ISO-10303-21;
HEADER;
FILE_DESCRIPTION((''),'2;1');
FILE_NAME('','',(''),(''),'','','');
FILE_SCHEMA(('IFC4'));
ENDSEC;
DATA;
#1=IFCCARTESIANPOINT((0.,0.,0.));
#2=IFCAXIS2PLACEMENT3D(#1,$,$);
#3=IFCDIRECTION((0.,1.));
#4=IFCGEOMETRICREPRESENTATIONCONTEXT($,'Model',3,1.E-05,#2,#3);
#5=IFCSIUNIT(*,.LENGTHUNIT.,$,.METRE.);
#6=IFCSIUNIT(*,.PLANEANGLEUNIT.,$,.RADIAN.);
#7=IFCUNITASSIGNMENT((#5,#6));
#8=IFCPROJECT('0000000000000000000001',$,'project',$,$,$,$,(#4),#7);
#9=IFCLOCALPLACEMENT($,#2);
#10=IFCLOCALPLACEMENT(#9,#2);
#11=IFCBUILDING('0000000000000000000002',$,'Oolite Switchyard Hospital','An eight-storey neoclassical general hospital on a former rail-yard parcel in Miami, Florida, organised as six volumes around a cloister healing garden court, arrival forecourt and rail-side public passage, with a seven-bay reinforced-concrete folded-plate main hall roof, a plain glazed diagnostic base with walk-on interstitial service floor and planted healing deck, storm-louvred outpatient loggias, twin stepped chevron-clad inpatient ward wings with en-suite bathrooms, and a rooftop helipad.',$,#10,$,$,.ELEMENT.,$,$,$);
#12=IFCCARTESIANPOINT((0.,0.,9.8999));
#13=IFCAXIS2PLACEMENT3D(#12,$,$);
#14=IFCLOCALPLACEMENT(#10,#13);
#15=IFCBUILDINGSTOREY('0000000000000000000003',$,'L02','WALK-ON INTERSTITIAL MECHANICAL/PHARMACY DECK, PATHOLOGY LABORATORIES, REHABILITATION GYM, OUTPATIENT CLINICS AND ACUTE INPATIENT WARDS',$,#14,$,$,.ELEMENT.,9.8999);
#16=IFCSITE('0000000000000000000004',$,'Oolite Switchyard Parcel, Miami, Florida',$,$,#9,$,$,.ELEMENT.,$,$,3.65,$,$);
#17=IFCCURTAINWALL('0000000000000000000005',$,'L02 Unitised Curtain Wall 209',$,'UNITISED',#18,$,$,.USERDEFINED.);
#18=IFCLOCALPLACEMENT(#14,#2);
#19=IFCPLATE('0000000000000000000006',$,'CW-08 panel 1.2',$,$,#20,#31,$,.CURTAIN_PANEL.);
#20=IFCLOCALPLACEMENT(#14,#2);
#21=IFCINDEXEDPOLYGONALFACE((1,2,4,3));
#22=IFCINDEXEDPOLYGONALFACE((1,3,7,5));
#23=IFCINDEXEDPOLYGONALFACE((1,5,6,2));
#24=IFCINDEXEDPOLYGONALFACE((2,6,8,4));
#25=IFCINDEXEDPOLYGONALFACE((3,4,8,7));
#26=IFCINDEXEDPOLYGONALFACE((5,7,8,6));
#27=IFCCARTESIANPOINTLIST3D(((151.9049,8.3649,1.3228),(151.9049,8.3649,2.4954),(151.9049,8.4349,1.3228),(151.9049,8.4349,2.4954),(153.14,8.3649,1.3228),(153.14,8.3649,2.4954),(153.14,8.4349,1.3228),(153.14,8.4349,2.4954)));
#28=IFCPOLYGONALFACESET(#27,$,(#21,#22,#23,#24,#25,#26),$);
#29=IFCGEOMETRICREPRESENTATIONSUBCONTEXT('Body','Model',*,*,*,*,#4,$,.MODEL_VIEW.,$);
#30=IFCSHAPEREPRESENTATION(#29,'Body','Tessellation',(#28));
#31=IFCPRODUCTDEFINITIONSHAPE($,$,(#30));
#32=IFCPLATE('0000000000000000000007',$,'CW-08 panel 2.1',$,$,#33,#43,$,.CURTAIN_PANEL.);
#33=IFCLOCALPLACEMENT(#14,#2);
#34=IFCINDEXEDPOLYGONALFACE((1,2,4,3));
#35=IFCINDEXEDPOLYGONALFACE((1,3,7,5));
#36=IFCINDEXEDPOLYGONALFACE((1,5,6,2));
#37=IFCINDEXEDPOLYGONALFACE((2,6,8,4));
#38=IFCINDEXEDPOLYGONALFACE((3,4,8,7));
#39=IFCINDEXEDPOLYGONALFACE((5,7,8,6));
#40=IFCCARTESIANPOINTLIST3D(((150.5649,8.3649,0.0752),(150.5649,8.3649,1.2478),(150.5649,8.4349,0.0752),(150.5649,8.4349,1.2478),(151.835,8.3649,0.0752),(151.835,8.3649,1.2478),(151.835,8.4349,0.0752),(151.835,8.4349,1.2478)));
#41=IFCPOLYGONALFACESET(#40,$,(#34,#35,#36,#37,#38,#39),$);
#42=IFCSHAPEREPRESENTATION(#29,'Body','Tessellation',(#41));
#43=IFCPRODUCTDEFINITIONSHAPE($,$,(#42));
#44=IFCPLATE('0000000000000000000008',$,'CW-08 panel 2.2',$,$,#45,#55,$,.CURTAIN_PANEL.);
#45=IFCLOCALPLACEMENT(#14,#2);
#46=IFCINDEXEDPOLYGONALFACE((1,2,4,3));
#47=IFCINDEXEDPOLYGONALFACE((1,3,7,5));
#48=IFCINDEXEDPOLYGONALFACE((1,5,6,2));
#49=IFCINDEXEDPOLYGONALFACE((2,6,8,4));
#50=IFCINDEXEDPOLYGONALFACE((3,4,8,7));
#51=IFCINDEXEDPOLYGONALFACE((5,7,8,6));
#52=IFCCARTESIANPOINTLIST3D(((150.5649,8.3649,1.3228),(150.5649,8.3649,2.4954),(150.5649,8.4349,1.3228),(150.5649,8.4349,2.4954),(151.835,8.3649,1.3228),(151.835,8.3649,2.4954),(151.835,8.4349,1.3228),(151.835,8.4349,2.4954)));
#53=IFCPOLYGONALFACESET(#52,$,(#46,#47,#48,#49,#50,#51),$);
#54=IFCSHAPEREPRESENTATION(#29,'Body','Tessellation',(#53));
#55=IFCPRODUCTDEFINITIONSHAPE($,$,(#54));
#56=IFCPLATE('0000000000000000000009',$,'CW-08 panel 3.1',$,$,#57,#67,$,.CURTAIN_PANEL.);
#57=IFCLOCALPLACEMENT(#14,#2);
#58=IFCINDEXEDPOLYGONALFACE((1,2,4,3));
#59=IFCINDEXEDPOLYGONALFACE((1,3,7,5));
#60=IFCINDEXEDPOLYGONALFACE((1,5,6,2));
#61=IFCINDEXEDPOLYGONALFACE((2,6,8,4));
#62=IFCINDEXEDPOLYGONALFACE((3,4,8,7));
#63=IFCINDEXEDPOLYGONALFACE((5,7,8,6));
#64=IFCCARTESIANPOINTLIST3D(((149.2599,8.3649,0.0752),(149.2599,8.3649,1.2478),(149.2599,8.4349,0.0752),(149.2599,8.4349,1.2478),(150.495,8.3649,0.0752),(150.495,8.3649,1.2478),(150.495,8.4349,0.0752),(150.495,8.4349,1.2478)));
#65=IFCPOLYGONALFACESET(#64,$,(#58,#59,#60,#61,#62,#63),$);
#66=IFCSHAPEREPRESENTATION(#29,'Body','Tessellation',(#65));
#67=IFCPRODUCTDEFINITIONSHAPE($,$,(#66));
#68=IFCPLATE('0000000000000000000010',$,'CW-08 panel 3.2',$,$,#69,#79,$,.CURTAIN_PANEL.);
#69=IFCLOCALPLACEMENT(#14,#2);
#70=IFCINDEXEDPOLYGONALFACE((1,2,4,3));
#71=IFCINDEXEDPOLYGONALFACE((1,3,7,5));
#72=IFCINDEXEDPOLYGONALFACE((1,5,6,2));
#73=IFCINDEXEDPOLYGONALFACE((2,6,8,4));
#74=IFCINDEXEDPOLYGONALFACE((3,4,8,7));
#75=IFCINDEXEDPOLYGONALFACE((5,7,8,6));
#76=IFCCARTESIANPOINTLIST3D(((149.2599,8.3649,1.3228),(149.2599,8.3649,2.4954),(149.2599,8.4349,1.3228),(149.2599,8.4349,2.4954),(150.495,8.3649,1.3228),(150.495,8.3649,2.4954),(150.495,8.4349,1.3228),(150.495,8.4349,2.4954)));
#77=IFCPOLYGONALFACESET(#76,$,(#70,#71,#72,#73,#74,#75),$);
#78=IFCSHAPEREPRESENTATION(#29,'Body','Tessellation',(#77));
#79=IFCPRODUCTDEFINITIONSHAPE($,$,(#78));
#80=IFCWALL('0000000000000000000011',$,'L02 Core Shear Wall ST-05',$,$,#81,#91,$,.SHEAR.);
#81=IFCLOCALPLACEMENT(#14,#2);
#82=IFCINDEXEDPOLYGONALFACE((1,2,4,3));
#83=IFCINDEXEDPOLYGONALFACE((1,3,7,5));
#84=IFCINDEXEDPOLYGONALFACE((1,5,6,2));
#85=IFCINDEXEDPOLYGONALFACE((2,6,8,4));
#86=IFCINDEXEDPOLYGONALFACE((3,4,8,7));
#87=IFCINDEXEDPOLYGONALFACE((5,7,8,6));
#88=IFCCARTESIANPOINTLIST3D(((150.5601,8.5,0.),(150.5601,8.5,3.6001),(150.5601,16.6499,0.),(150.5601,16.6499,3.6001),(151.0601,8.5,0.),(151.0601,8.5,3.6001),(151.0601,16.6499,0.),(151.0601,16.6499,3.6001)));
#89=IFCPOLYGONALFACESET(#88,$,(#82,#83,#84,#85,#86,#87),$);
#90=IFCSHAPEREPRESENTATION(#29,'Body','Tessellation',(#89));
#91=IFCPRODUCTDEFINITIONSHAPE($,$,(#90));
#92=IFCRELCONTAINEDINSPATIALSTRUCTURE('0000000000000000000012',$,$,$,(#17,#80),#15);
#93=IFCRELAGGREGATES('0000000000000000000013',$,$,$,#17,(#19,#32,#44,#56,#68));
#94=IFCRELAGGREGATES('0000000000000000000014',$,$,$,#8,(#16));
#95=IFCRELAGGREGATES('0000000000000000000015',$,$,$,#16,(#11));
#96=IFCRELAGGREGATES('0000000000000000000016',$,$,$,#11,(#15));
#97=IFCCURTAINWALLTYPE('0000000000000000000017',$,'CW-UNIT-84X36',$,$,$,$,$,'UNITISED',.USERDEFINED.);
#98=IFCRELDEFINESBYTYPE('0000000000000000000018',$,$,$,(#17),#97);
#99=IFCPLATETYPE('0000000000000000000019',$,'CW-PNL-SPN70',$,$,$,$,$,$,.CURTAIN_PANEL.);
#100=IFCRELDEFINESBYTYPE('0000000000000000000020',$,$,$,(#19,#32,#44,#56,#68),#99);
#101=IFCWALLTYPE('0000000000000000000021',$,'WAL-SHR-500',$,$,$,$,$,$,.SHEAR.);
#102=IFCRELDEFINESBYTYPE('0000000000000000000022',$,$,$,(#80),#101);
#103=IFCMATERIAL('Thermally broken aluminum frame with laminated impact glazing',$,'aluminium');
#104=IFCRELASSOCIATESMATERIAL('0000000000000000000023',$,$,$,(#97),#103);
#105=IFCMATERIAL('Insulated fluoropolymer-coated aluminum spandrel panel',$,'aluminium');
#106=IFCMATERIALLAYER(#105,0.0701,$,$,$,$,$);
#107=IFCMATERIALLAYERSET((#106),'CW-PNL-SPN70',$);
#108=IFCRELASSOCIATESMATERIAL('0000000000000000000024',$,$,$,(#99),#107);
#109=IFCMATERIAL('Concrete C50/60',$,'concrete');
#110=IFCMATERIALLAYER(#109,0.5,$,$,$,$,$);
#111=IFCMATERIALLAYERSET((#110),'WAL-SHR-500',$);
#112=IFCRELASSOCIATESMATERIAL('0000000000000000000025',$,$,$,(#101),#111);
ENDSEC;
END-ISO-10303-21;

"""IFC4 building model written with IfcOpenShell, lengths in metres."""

from ifc_helpers import new_model, si_unit, direction, frame, frame_2d, origin, origin_2d, place, context, subcontext, project, spatial, rectangle, extrude, material, layer, layer_set, type_object, element, aggregate, save


model = new_model("IFC4")

# Units and contexts
model_context = context("Model", 3, precision=1e-05, world=origin(), true_north=direction((0.0, 1.0)))
body_context = subcontext(model_context, "Body", "Model", "MODEL_VIEW")
ifc_project = project(units=[si_unit("LENGTHUNIT", "METRE"), si_unit("PLANEANGLEUNIT", "RADIAN")], contexts=[model_context])

# Site, building, storey
site_placement = place(None, origin())
site = spatial("IfcSite", under=ifc_project, at=site_placement, Name="Oolite Switchyard Parcel, Miami, Florida", CompositionType="ELEMENT", RefElevation=3.65)
building_placement = place(site_placement, origin())
building = spatial("IfcBuilding", under=site, at=building_placement, Name="Oolite Switchyard Hospital", Description="An eight-storey neoclassical general hospital on a former rail-yard parcel in Miami, Florida, organised as six volumes around a cloister healing garden court, arrival forecourt and rail-side public passage, with a seven-bay reinforced-concrete folded-plate main hall roof, a plain glazed diagnostic base with walk-on interstitial service floor and planted healing deck, storm-louvred outpatient loggias, twin stepped chevron-clad inpatient ward wings with en-suite bathrooms, and a rooftop helipad.", CompositionType="ELEMENT")
storey_placement = place(building_placement, frame((0.0, 0.0, 9.8999)))
storey = spatial("IfcBuildingStorey", under=building, at=storey_placement, Name="L02", Description="WALK-ON INTERSTITIAL MECHANICAL/PHARMACY DECK, PATHOLOGY LABORATORIES, REHABILITATION GYM, OUTPATIENT CLINICS AND ACUTE INPATIENT WARDS", CompositionType="ELEMENT", Elevation=9.8999)

# Curtain wall, plates
ifc_material_1 = material(Name="Thermally broken aluminum frame with laminated impact glazing", Category="aluminium")
curtain_wall_type = type_object("IfcCurtainWallType", Name="CW-UNIT-84X36", ElementType="UNITISED", PredefinedType="USERDEFINED", material=ifc_material_1)
curtain_wall_placement = place(storey_placement, origin())
curtain_wall = element("IfcCurtainWall", 1, at=curtain_wall_placement, inside=storey, type_object=curtain_wall_type, Name="L02 Unitised Curtain Wall 209", ObjectType="UNITISED", PredefinedType="USERDEFINED")
ifc_material_2 = material(Name="Insulated fluoropolymer-coated aluminum spandrel panel", Category="aluminium")
ifc_layer_1 = layer(ifc_material_2, 0.0701)
ifc_layer_set_1 = layer_set([ifc_layer_1], Name="CW-PNL-SPN70")
plate_type = type_object("IfcPlateType", Name="CW-PNL-SPN70", PredefinedType="CURTAIN_PANEL", material=ifc_layer_set_1)
plate_1_placement = place(storey_placement, frame((152.5225, 8.3999, 1.3228), z_axis=(0.0, 0.0, 1.0), x_axis=(-1.0, 0.0, 0.0)))
plate_1 = element("IfcPlate", 2, at=plate_1_placement, type_object=plate_type, Name="CW-08 panel 1.2", PredefinedType="CURTAIN_PANEL", context=body_context, shape_type="SweptSolid", body=[
    extrude(rectangle(XDim=1.2351, YDim=0.0701, at=origin_2d()), origin(), (0.0, 0.0, 1.0), 1.1726),
])
plate_2_placement = place(storey_placement, frame((151.2, 8.3999, 0.0752), z_axis=(0.0, 0.0, 1.0), x_axis=(-1.0, 0.0, 0.0)))
plate_2 = element("IfcPlate", 3, at=plate_2_placement, type_object=plate_type, Name="CW-08 panel 2.1", PredefinedType="CURTAIN_PANEL", context=body_context, shape_type="SweptSolid", body=[
    extrude(rectangle(XDim=1.27, YDim=0.0701, at=origin_2d()), origin(), (0.0, 0.0, 1.0), 1.1726),
])
plate_3_placement = place(storey_placement, frame((151.2, 8.3999, 1.3228), z_axis=(0.0, 0.0, 1.0), x_axis=(-1.0, 0.0, 0.0)))
plate_3 = element("IfcPlate", 4, at=plate_3_placement, type_object=plate_type, Name="CW-08 panel 2.2", PredefinedType="CURTAIN_PANEL", context=body_context, shape_type="SweptSolid", body=[
    extrude(rectangle(XDim=1.27, YDim=0.0701, at=origin_2d()), origin(), (0.0, 0.0, 1.0), 1.1726),
])
plate_4_placement = place(storey_placement, frame((149.8774, 8.3999, 0.0752), z_axis=(0.0, 0.0, 1.0), x_axis=(-1.0, 0.0, 0.0)))
plate_4 = element("IfcPlate", 5, at=plate_4_placement, type_object=plate_type, Name="CW-08 panel 3.1", PredefinedType="CURTAIN_PANEL", context=body_context, shape_type="SweptSolid", body=[
    extrude(rectangle(XDim=1.2351, YDim=0.0701, at=origin_2d()), origin(), (0.0, 0.0, 1.0), 1.1726),
])
plate_5_placement = place(storey_placement, frame((149.8774, 8.3999, 1.3228), z_axis=(0.0, 0.0, 1.0), x_axis=(-1.0, 0.0, 0.0)))
plate_5 = element("IfcPlate", 6, at=plate_5_placement, type_object=plate_type, Name="CW-08 panel 3.2", PredefinedType="CURTAIN_PANEL", context=body_context, shape_type="SweptSolid", body=[
    extrude(rectangle(XDim=1.2351, YDim=0.0701, at=origin_2d()), origin(), (0.0, 0.0, 1.0), 1.1726),
])
aggregate(curtain_wall, [plate_1, plate_2, plate_3, plate_4, plate_5])

# Wall
ifc_material_3 = material(Name="Concrete C50/60", Category="concrete")
ifc_layer_2 = layer(ifc_material_3, 0.5)
ifc_layer_set_2 = layer_set([ifc_layer_2], Name="WAL-SHR-500")
wall_type = type_object("IfcWallType", Name="WAL-SHR-500", PredefinedType="SHEAR", material=ifc_layer_set_2)
wall_placement = place(storey_placement, frame((150.8101, 8.5, 0.0), z_axis=(0.0, 0.0, 1.0), x_axis=(0.0, 1.0, 0.0)))
element("IfcWall", 7, at=wall_placement, inside=storey, type_object=wall_type, Name="L02 Core Shear Wall ST-05", PredefinedType="SHEAR", context=body_context, shape_type="SweptSolid", body=[
    extrude(rectangle(XDim=8.1499, YDim=0.5, at=frame_2d((4.075, 0.0))), origin(), (0.0, 0.0, 1.0), 3.6001),
])

save(model, "model.ifc")
